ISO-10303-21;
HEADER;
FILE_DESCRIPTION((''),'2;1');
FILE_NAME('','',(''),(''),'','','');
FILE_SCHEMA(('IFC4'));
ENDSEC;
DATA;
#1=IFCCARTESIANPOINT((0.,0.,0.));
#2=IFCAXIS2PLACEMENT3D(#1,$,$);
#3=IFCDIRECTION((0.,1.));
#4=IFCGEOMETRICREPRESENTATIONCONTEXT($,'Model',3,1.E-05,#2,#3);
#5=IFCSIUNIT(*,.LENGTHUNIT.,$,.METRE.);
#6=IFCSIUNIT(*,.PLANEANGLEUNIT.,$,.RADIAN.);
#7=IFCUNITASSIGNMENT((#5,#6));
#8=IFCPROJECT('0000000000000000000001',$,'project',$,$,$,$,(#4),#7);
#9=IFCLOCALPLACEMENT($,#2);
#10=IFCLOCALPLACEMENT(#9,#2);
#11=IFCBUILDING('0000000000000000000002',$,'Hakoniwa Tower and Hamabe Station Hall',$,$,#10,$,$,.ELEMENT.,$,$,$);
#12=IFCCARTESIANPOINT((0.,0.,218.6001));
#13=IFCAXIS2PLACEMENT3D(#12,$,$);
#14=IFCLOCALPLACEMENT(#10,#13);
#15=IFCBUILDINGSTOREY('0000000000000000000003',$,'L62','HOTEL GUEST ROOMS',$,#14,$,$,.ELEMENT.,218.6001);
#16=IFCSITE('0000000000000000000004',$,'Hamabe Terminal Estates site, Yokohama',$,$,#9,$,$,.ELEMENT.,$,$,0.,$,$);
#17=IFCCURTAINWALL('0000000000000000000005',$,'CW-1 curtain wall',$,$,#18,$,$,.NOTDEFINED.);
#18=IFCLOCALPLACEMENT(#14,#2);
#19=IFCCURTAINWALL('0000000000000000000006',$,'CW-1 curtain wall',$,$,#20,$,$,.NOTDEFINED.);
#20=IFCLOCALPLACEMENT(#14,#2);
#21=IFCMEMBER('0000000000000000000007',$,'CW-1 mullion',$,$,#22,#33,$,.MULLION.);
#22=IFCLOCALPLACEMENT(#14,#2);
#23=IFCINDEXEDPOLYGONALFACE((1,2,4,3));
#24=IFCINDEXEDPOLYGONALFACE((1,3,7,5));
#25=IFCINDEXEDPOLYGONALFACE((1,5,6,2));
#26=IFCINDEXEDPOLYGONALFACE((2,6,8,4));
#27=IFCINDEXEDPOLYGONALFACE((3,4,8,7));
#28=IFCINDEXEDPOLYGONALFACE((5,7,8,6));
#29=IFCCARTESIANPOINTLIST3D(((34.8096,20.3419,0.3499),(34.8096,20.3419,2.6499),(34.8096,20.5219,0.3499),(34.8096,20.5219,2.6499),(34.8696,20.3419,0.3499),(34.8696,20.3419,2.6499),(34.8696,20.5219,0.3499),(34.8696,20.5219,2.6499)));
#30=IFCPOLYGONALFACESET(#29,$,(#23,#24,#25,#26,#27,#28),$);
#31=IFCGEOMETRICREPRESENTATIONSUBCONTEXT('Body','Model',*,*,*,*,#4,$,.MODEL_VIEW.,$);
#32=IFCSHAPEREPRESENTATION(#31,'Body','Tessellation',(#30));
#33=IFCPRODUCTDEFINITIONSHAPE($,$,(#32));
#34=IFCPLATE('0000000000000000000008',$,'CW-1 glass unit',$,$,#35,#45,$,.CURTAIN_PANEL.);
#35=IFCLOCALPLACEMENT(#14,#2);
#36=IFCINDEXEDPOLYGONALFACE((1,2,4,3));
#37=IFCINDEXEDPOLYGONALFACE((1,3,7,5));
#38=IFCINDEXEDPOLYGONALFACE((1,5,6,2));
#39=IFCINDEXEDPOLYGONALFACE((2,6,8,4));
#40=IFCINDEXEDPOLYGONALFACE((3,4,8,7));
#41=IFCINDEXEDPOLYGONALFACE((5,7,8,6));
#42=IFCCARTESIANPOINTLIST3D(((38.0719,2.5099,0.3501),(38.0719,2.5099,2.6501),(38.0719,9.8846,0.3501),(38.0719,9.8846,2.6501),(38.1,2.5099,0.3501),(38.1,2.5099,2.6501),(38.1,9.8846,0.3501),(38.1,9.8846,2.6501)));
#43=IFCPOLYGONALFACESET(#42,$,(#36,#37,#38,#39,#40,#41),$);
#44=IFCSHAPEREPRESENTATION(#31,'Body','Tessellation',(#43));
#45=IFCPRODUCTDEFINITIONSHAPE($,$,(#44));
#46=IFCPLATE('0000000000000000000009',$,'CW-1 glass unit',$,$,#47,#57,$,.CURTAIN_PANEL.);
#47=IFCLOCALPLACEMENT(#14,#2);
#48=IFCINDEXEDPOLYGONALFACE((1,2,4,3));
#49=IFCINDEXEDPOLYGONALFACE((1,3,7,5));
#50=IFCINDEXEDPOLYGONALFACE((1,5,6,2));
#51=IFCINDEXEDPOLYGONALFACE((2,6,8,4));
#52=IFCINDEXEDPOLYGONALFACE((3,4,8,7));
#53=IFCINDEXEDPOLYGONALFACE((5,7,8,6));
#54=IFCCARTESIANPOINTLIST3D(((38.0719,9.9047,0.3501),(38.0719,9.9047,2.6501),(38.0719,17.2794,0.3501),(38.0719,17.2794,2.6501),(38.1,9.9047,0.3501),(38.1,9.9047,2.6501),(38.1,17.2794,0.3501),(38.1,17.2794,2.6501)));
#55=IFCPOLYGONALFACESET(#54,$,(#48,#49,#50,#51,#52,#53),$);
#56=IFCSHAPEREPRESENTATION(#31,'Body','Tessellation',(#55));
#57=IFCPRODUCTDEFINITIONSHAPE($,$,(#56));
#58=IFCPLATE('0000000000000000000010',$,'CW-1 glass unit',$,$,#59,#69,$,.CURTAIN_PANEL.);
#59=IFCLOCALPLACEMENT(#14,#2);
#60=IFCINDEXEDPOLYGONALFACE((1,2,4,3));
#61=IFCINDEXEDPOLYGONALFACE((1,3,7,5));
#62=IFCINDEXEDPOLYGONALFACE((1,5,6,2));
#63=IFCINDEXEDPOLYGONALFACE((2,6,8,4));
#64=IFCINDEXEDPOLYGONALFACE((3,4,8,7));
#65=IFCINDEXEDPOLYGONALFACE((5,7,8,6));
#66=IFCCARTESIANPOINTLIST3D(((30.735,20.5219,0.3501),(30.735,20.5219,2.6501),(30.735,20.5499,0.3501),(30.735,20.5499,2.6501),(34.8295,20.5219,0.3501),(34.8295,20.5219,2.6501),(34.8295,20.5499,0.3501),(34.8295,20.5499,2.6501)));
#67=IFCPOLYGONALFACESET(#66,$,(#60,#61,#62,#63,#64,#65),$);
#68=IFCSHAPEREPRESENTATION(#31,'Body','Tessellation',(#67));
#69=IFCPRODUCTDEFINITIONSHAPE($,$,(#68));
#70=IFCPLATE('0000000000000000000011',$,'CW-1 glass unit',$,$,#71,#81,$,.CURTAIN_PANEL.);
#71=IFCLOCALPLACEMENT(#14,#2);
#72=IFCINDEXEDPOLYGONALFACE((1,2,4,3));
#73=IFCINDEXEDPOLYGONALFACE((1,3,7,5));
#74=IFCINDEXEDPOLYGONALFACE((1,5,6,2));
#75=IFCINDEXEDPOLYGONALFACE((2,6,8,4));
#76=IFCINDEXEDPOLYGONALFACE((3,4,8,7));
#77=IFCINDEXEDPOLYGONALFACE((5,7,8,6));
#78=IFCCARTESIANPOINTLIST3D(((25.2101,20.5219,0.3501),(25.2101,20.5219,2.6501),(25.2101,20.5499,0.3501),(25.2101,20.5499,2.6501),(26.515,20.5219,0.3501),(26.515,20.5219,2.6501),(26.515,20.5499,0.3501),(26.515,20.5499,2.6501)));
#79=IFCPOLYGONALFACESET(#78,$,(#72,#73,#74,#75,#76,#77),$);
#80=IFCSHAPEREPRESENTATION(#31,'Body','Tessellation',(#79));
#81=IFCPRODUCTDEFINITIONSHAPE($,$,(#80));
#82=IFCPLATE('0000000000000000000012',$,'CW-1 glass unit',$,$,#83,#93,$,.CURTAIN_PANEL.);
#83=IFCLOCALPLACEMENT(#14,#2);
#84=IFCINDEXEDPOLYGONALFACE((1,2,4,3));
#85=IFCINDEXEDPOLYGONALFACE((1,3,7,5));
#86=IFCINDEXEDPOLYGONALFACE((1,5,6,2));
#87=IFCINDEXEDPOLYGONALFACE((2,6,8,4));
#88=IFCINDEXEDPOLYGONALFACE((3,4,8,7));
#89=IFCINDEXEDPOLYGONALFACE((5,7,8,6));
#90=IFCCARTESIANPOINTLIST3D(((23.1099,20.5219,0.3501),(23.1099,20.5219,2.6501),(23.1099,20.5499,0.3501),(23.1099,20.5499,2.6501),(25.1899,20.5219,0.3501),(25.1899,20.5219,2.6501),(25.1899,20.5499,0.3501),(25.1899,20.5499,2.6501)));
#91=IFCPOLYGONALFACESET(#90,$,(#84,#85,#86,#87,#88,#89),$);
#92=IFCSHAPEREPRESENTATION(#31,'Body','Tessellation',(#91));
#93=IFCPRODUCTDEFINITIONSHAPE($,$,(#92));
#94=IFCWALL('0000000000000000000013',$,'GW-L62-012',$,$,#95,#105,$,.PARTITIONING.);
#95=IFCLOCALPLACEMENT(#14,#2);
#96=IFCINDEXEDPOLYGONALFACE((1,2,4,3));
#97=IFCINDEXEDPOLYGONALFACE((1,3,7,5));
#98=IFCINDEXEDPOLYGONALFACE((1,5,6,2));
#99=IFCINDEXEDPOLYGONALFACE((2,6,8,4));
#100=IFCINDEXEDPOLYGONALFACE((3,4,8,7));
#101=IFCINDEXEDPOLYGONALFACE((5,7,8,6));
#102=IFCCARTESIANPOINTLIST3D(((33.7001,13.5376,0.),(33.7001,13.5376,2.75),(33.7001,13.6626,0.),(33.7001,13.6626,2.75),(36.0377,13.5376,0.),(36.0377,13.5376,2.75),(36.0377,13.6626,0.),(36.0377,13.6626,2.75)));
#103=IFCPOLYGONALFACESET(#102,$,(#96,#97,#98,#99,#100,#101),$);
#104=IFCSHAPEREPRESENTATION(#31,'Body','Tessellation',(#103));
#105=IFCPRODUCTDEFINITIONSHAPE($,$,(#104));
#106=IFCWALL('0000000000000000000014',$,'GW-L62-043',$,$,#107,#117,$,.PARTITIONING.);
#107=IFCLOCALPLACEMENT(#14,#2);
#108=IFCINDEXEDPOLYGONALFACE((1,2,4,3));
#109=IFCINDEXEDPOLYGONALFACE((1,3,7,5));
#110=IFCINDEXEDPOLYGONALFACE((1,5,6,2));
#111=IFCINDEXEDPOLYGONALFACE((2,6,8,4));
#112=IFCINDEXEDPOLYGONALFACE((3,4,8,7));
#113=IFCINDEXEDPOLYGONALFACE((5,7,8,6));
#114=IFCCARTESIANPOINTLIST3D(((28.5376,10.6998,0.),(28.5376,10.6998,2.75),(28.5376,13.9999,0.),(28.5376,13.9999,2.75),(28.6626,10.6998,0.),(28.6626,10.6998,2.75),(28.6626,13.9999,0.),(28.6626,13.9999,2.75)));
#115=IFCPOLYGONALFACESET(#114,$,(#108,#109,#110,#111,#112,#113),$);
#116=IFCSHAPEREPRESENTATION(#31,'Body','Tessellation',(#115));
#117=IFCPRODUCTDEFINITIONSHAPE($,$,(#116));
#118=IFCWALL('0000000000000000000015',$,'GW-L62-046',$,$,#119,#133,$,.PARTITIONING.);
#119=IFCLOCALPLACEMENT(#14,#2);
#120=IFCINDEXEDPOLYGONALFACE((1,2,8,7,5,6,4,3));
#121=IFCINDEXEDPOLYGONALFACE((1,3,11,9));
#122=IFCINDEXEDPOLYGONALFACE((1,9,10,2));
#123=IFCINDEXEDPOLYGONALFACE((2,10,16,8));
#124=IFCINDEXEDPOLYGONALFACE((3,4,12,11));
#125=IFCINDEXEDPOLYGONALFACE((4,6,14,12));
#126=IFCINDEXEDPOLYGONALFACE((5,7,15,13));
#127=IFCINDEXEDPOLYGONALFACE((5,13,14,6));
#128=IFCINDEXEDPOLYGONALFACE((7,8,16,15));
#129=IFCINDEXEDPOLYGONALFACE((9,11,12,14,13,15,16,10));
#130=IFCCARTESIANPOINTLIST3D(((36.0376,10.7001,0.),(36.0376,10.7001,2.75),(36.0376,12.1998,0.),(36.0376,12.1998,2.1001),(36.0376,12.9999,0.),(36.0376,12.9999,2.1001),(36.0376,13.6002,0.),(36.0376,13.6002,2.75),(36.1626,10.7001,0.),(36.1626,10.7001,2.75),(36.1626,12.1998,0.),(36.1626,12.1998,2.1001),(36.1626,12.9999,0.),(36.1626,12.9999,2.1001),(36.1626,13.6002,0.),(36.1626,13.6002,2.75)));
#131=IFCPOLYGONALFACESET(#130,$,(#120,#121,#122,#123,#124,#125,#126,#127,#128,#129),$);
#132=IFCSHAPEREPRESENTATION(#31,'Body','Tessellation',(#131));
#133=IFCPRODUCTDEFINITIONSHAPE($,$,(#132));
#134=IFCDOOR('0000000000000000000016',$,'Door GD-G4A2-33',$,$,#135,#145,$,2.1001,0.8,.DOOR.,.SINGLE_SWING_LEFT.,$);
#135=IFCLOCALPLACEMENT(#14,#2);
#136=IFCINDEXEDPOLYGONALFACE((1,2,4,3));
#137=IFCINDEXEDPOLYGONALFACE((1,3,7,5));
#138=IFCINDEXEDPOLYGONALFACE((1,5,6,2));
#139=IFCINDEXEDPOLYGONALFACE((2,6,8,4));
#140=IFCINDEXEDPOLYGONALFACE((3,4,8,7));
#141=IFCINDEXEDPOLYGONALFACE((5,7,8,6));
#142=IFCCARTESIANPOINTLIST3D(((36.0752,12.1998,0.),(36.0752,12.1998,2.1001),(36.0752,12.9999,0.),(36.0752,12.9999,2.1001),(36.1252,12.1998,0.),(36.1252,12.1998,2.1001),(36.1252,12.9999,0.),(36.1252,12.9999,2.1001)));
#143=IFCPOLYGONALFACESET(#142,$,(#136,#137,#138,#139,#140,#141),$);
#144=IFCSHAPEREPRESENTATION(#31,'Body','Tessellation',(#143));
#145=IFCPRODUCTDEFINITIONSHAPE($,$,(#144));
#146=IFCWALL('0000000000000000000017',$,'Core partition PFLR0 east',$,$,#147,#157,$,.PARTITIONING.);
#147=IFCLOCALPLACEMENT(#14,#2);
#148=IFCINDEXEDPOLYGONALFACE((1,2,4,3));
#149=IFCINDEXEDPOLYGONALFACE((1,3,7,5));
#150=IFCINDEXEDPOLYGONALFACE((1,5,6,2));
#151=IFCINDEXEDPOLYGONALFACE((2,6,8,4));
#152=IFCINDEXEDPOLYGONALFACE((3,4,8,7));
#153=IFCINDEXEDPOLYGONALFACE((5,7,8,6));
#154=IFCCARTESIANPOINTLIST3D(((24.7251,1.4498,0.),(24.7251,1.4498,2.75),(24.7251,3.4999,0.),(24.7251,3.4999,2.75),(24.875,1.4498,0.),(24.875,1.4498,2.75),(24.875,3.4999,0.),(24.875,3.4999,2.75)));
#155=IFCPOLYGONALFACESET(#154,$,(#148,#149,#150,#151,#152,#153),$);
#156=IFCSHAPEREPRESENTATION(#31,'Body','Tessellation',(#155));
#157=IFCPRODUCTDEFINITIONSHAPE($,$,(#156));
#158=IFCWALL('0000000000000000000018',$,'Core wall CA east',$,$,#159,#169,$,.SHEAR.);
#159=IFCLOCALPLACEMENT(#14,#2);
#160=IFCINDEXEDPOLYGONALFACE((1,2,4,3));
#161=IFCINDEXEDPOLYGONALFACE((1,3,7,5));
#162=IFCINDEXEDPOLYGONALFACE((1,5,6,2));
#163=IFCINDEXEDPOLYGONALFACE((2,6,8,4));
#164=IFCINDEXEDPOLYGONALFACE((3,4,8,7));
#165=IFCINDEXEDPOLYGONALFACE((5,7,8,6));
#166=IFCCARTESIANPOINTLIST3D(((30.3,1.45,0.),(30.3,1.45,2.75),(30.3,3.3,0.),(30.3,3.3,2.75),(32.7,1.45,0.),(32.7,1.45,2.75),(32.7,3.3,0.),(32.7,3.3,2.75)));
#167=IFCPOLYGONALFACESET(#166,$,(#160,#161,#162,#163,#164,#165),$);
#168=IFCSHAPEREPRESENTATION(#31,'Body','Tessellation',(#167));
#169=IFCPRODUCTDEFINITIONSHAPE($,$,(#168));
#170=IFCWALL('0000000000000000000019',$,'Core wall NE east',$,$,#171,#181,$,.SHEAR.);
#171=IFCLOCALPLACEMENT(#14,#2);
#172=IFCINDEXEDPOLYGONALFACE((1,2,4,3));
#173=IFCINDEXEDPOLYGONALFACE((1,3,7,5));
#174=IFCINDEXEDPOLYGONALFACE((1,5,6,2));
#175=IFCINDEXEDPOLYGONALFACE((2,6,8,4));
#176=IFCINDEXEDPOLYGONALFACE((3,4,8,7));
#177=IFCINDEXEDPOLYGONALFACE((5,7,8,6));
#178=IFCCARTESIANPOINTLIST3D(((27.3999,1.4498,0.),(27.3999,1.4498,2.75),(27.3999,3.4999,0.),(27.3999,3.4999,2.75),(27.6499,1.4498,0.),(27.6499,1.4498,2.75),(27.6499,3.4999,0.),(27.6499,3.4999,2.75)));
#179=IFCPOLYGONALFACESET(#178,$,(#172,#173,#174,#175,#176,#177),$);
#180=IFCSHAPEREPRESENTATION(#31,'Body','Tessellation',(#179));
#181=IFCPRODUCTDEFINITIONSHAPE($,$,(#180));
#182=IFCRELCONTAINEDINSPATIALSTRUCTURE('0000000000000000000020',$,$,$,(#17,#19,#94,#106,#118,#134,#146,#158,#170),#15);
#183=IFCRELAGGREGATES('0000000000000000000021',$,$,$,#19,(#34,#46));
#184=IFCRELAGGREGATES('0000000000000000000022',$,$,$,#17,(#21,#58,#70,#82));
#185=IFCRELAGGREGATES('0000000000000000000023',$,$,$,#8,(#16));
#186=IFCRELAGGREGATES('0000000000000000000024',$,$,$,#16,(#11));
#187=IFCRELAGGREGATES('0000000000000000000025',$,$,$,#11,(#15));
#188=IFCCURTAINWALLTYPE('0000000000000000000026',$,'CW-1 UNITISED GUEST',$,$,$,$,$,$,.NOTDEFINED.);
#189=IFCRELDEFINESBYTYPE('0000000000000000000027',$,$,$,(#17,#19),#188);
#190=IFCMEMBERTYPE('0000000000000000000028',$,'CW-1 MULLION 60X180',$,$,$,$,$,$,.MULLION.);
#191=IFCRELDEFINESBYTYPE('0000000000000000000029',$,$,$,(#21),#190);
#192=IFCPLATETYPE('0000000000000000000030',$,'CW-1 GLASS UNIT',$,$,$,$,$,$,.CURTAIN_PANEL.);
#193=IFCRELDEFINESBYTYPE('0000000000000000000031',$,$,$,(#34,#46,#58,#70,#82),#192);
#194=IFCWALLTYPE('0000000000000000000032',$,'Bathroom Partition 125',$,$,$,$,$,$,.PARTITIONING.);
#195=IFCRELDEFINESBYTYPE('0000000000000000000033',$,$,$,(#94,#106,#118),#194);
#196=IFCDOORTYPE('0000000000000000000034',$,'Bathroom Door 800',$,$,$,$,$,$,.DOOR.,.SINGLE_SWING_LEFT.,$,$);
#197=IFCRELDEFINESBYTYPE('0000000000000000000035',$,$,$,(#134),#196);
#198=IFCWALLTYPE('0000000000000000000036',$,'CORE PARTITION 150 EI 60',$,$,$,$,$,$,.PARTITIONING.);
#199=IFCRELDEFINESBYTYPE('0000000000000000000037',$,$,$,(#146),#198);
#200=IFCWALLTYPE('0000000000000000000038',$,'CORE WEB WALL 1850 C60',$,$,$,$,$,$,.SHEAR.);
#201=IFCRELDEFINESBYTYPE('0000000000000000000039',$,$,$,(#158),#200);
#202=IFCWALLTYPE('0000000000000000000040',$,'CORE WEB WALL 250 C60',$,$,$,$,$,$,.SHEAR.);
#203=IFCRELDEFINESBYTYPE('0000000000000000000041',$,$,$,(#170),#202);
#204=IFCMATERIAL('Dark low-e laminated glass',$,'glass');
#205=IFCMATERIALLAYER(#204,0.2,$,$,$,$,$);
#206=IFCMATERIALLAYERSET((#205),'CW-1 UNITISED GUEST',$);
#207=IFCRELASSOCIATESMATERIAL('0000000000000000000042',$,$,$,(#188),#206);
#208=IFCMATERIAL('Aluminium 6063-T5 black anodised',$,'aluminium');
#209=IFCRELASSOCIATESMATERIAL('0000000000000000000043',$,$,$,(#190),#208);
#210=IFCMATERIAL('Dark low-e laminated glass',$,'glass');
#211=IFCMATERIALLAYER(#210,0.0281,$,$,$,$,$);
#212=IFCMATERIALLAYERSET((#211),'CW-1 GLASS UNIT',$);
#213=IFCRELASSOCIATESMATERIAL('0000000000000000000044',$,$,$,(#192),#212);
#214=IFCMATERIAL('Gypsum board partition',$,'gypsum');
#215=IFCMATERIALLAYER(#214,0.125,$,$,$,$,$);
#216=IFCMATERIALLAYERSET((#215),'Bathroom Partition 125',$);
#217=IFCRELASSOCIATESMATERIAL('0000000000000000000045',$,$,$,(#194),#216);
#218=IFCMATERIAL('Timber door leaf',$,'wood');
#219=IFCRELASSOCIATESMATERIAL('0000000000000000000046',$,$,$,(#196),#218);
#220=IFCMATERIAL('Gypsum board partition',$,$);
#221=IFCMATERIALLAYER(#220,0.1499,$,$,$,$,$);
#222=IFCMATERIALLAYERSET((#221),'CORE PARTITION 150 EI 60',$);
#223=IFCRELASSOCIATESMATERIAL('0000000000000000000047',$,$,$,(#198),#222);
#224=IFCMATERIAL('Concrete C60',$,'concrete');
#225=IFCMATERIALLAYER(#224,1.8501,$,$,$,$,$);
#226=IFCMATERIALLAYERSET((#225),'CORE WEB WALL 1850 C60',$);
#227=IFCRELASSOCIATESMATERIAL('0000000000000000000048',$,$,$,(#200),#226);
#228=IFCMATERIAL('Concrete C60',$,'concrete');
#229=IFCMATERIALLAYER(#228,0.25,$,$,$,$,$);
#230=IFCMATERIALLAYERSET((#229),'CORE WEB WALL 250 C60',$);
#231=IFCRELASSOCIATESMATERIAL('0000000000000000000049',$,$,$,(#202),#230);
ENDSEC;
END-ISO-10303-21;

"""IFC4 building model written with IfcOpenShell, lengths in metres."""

from ifc_helpers import new_model, si_unit, direction, frame, frame_2d, origin, origin_2d, place, context, subcontext, project, spatial, rectangle, extrude, material, layer, layer_set, material_profile, profile_set, type_object, element, fill, aggregate, save


model = new_model("IFC4")

# Units and contexts
model_context = context("Model", 3, precision=1e-05, world=origin(), true_north=direction((0.0, 1.0)))
body_context = subcontext(model_context, "Body", "Model", "MODEL_VIEW")
ifc_project = project(units=[si_unit("LENGTHUNIT", "METRE"), si_unit("PLANEANGLEUNIT", "RADIAN")], contexts=[model_context])

# Site, building, storey
site_placement = place(None, origin())
site = spatial("IfcSite", under=ifc_project, at=site_placement, Name="Hamabe Terminal Estates site, Yokohama", CompositionType="ELEMENT", RefElevation=0.0)
building_placement = place(site_placement, origin())
building = spatial("IfcBuilding", under=site, at=building_placement, Name="Hakoniwa Tower and Hamabe Station Hall", CompositionType="ELEMENT")
storey_placement = place(building_placement, frame((0.0, 0.0, 218.6001)))
storey = spatial("IfcBuildingStorey", under=building, at=storey_placement, Name="L62", Description="HOTEL GUEST ROOMS", CompositionType="ELEMENT", Elevation=218.6001)

# Curtain walls
ifc_material_1 = material(Name="Dark low-e laminated glass", Category="glass")
ifc_layer_1 = layer(ifc_material_1, 0.2)
ifc_layer_set_1 = layer_set([ifc_layer_1], Name="CW-1 UNITISED GUEST")
curtain_wall_type = type_object("IfcCurtainWallType", Name="CW-1 UNITISED GUEST", PredefinedType="NOTDEFINED", material=ifc_layer_set_1)
curtain_wall_1_placement = place(storey_placement, origin())
curtain_wall_1 = element("IfcCurtainWall", 1, at=curtain_wall_1_placement, inside=storey, type_object=curtain_wall_type, Name="CW-1 curtain wall", PredefinedType="NOTDEFINED")
curtain_wall_2_placement = place(storey_placement, origin())
curtain_wall_2 = element("IfcCurtainWall", 2, at=curtain_wall_2_placement, inside=storey, type_object=curtain_wall_type, Name="CW-1 curtain wall", PredefinedType="NOTDEFINED")
ifc_material_2 = material(Name="Aluminium 6063-T5 black anodised", Category="aluminium")
ifc_material_profile_1 = material_profile(ifc_material_2, rectangle(XDim=0.0601, YDim=0.1799, at=origin_2d()), Name="CW-1 MULLION 60X180")
ifc_profile_set_1 = profile_set([ifc_material_profile_1], Name="Aluminium 6063-T5 black anodised")
member_type_1 = type_object("IfcMemberType", Name="CW-1 MULLION 60X180", PredefinedType="MULLION", material=ifc_profile_set_1)

# Member
member_1_placement = place(storey_placement, frame((34.8396, 20.4319, 0.3499), z_axis=(0.0, 0.0, 1.0), x_axis=(-1.0, 0.0, 0.0)))
member_1 = element("IfcMember", 3, at=member_1_placement, type_object=member_type_1, Name="CW-1 mullion", PredefinedType="MULLION", context=body_context, shape_type="SweptSolid", body=[
    extrude(rectangle(XDim=0.0601, YDim=0.1799, at=origin_2d()), origin(), (0.0, 0.0, 1.0), 2.3),
])

# Plates
ifc_material_3 = material(Name="Dark low-e laminated glass", Category="glass")
ifc_layer_2 = layer(ifc_material_3, 0.0281)
ifc_layer_set_2 = layer_set([ifc_layer_2], Name="CW-1 GLASS UNIT")
plate_type = type_object("IfcPlateType", Name="CW-1 GLASS UNIT", PredefinedType="CURTAIN_PANEL", material=ifc_layer_set_2)
plate_1_placement = place(storey_placement, frame((38.0859, 6.1973, 0.3501), z_axis=(0.0, 0.0, 1.0), x_axis=(0.0, 1.0, 0.0)))
plate_1 = element("IfcPlate", 4, at=plate_1_placement, type_object=plate_type, Name="CW-1 glass unit", PredefinedType="CURTAIN_PANEL", context=body_context, shape_type="SweptSolid", body=[
    extrude(rectangle(XDim=7.3748, YDim=0.0281, at=origin_2d()), origin(), (0.0, 0.0, 1.0), 2.3),
])
plate_2_placement = place(storey_placement, frame((38.0859, 13.592, 0.3501), z_axis=(0.0, 0.0, 1.0), x_axis=(0.0, 1.0, 0.0)))
plate_2 = element("IfcPlate", 5, at=plate_2_placement, type_object=plate_type, Name="CW-1 glass unit", PredefinedType="CURTAIN_PANEL", context=body_context, shape_type="SweptSolid", body=[
    extrude(rectangle(XDim=7.3748, YDim=0.0281, at=origin_2d()), origin(), (0.0, 0.0, 1.0), 2.3),
])
aggregate(curtain_wall_2, [plate_1, plate_2])
plate_3_placement = place(storey_placement, frame((32.7822, 20.5359, 0.3501), z_axis=(0.0, 0.0, 1.0), x_axis=(-1.0, 0.0, 0.0)))
plate_3 = element("IfcPlate", 6, at=plate_3_placement, type_object=plate_type, Name="CW-1 glass unit", PredefinedType="CURTAIN_PANEL", context=body_context, shape_type="SweptSolid", body=[
    extrude(rectangle(XDim=4.0945, YDim=0.0281, at=origin_2d()), origin(), (0.0, 0.0, 1.0), 2.3),
])
plate_4_placement = place(storey_placement, frame((25.8625, 20.5359, 0.3501), z_axis=(0.0, 0.0, 1.0), x_axis=(-1.0, 0.0, 0.0)))
plate_4 = element("IfcPlate", 7, at=plate_4_placement, type_object=plate_type, Name="CW-1 glass unit", PredefinedType="CURTAIN_PANEL", context=body_context, shape_type="SweptSolid", body=[
    extrude(rectangle(XDim=1.3049, YDim=0.0281, at=origin_2d()), origin(), (0.0, 0.0, 1.0), 2.3),
])
plate_5_placement = place(storey_placement, frame((24.1499, 20.5359, 0.3501), z_axis=(0.0, 0.0, 1.0), x_axis=(-1.0, 0.0, 0.0)))
plate_5 = element("IfcPlate", 8, at=plate_5_placement, type_object=plate_type, Name="CW-1 glass unit", PredefinedType="CURTAIN_PANEL", context=body_context, shape_type="SweptSolid", body=[
    extrude(rectangle(XDim=2.0801, YDim=0.0281, at=origin_2d()), origin(), (0.0, 0.0, 1.0), 2.3),
])

# Walls
ifc_material_4 = material(Name="Gypsum board partition", Category="gypsum")
ifc_layer_3 = layer(ifc_material_4, 0.125)
ifc_layer_set_3 = layer_set([ifc_layer_3], Name="Bathroom Partition 125")
wall_type_1 = type_object("IfcWallType", Name="Bathroom Partition 125", PredefinedType="PARTITIONING", material=ifc_layer_set_3)
wall_1_placement = place(storey_placement, frame((33.7, 13.6001, 0.0), z_axis=(0.0, 0.0, 1.0), x_axis=(1.0, 0.0, 0.0)))
element("IfcWall", 9, at=wall_1_placement, inside=storey, type_object=wall_type_1, Name="GW-L62-012", PredefinedType="PARTITIONING", context=body_context, shape_type="SweptSolid", body=[
    extrude(rectangle(XDim=2.3376, YDim=0.125, at=frame_2d((1.1689, 0.0))), origin(), (0.0, 0.0, 1.0), 2.75),
])
wall_2_placement = place(storey_placement, frame((28.6001, 10.7, 0.0), z_axis=(0.0, 0.0, 1.0), x_axis=(0.0, 1.0, 0.0)))
element("IfcWall", 10, at=wall_2_placement, inside=storey, type_object=wall_type_1, Name="GW-L62-043", PredefinedType="PARTITIONING", context=body_context, shape_type="SweptSolid", body=[
    extrude(rectangle(XDim=3.3, YDim=0.125, at=frame_2d((1.6499, 0.0))), origin(), (0.0, 0.0, 1.0), 2.75),
])

# Wall, opening, door
wall_3_placement = place(storey_placement, frame((36.1001, 10.7, 0.0), z_axis=(0.0, 0.0, 1.0), x_axis=(0.0, 1.0, 0.0)))
wall_3 = element("IfcWall", 11, at=wall_3_placement, inside=storey, type_object=wall_type_1, Name="GW-L62-046", PredefinedType="PARTITIONING", context=body_context, shape_type="SweptSolid", body=[
    extrude(rectangle(XDim=2.9001, YDim=0.125, at=frame_2d((1.4502, 0.0))), origin(), (0.0, 0.0, 1.0), 2.75),
])
opening_1_placement = place(wall_3_placement, frame((1.5, 0.0, 0.0)))
opening_1 = element("IfcOpeningElement", 12, at=opening_1_placement, cuts=wall_3, PredefinedType="OPENING", context=body_context, shape_type="SweptSolid", body=[
    extrude(rectangle(XDim=0.8, YDim=2.1001, at=frame_2d((0.3999, 1.05))), frame((0.0, 0.0725, 0.0), z_axis=(0.0, -1.0, 0.0), x_axis=(1.0, 0.0, 0.0)), (0.0, 0.0, 1.0), 0.145),
])
ifc_material_5 = material(Name="Timber door leaf", Category="wood")
door_type_1 = type_object("IfcDoorType", Name="Bathroom Door 800", OperationType="SINGLE_SWING_LEFT", PredefinedType="DOOR", material=ifc_material_5)
door_1_placement = place(opening_1_placement, origin())
door_1 = element("IfcDoor", 13, at=door_1_placement, inside=storey, type_object=door_type_1, Name="Door GD-G4A2-33", OperationType="SINGLE_SWING_LEFT", OverallHeight=2.1001, OverallWidth=0.8, PredefinedType="DOOR", context=body_context, shape_type="SweptSolid", body=[
    extrude(rectangle(XDim=0.8, YDim=2.1001, at=frame_2d((0.3999, 1.05))), frame((0.0, 0.0249, 0.0), z_axis=(0.0, -1.0, 0.0), x_axis=(1.0, 0.0, 0.0)), (0.0, 0.0, 1.0), 0.05),
])
fill(opening_1, door_1)

# Walls
ifc_material_6 = material(Name="Gypsum board partition")
ifc_layer_4 = layer(ifc_material_6, 0.1499)
ifc_layer_set_4 = layer_set([ifc_layer_4], Name="CORE PARTITION 150 EI 60")
wall_type_2 = type_object("IfcWallType", Name="CORE PARTITION 150 EI 60", PredefinedType="PARTITIONING", material=ifc_layer_set_4)
wall_4_placement = place(storey_placement, frame((24.8, 1.45, 0.0), z_axis=(0.0, 0.0, 1.0), x_axis=(0.0, 1.0, 0.0)))
element("IfcWall", 14, at=wall_4_placement, inside=storey, type_object=wall_type_2, Name="Core partition PFLR0 east", PredefinedType="PARTITIONING", context=body_context, shape_type="SweptSolid", body=[
    extrude(rectangle(XDim=2.05, YDim=0.1499, at=frame_2d((1.0249, 0.0))), origin(), (0.0, 0.0, 1.0), 2.75),
])
ifc_material_7 = material(Name="Concrete C60", Category="concrete")
ifc_layer_5 = layer(ifc_material_7, 1.8501)
ifc_layer_set_5 = layer_set([ifc_layer_5], Name="CORE WEB WALL 1850 C60")
wall_type_3 = type_object("IfcWallType", Name="CORE WEB WALL 1850 C60", PredefinedType="SHEAR", material=ifc_layer_set_5)
wall_5_placement = place(storey_placement, frame((30.3, 2.375, 0.0), z_axis=(0.0, 0.0, 1.0), x_axis=(1.0, 0.0, 0.0)))
element("IfcWall", 15, at=wall_5_placement, inside=storey, type_object=wall_type_3, Name="Core wall CA east", PredefinedType="SHEAR", context=body_context, shape_type="SweptSolid", body=[
    extrude(rectangle(XDim=2.3999, YDim=1.8501, at=frame_2d((1.2, 0.0))), origin(), (0.0, 0.0, 1.0), 2.75),
])
ifc_material_8 = material(Name="Concrete C60", Category="concrete")
ifc_layer_6 = layer(ifc_material_8, 0.25)
ifc_layer_set_6 = layer_set([ifc_layer_6], Name="CORE WEB WALL 250 C60")
wall_type_4 = type_object("IfcWallType", Name="CORE WEB WALL 250 C60", PredefinedType="SHEAR", material=ifc_layer_set_6)
wall_6_placement = place(storey_placement, frame((27.5249, 1.45, 0.0), z_axis=(0.0, 0.0, 1.0), x_axis=(0.0, 1.0, 0.0)))
element("IfcWall", 16, at=wall_6_placement, inside=storey, type_object=wall_type_4, Name="Core wall NE east", PredefinedType="SHEAR", context=body_context, shape_type="SweptSolid", body=[
    extrude(rectangle(XDim=2.05, YDim=0.25, at=frame_2d((1.0249, 0.0))), origin(), (0.0, 0.0, 1.0), 2.75),
])

aggregate(curtain_wall_1, [member_1, plate_3, plate_4, plate_5])

save(model, "model.ifc")
